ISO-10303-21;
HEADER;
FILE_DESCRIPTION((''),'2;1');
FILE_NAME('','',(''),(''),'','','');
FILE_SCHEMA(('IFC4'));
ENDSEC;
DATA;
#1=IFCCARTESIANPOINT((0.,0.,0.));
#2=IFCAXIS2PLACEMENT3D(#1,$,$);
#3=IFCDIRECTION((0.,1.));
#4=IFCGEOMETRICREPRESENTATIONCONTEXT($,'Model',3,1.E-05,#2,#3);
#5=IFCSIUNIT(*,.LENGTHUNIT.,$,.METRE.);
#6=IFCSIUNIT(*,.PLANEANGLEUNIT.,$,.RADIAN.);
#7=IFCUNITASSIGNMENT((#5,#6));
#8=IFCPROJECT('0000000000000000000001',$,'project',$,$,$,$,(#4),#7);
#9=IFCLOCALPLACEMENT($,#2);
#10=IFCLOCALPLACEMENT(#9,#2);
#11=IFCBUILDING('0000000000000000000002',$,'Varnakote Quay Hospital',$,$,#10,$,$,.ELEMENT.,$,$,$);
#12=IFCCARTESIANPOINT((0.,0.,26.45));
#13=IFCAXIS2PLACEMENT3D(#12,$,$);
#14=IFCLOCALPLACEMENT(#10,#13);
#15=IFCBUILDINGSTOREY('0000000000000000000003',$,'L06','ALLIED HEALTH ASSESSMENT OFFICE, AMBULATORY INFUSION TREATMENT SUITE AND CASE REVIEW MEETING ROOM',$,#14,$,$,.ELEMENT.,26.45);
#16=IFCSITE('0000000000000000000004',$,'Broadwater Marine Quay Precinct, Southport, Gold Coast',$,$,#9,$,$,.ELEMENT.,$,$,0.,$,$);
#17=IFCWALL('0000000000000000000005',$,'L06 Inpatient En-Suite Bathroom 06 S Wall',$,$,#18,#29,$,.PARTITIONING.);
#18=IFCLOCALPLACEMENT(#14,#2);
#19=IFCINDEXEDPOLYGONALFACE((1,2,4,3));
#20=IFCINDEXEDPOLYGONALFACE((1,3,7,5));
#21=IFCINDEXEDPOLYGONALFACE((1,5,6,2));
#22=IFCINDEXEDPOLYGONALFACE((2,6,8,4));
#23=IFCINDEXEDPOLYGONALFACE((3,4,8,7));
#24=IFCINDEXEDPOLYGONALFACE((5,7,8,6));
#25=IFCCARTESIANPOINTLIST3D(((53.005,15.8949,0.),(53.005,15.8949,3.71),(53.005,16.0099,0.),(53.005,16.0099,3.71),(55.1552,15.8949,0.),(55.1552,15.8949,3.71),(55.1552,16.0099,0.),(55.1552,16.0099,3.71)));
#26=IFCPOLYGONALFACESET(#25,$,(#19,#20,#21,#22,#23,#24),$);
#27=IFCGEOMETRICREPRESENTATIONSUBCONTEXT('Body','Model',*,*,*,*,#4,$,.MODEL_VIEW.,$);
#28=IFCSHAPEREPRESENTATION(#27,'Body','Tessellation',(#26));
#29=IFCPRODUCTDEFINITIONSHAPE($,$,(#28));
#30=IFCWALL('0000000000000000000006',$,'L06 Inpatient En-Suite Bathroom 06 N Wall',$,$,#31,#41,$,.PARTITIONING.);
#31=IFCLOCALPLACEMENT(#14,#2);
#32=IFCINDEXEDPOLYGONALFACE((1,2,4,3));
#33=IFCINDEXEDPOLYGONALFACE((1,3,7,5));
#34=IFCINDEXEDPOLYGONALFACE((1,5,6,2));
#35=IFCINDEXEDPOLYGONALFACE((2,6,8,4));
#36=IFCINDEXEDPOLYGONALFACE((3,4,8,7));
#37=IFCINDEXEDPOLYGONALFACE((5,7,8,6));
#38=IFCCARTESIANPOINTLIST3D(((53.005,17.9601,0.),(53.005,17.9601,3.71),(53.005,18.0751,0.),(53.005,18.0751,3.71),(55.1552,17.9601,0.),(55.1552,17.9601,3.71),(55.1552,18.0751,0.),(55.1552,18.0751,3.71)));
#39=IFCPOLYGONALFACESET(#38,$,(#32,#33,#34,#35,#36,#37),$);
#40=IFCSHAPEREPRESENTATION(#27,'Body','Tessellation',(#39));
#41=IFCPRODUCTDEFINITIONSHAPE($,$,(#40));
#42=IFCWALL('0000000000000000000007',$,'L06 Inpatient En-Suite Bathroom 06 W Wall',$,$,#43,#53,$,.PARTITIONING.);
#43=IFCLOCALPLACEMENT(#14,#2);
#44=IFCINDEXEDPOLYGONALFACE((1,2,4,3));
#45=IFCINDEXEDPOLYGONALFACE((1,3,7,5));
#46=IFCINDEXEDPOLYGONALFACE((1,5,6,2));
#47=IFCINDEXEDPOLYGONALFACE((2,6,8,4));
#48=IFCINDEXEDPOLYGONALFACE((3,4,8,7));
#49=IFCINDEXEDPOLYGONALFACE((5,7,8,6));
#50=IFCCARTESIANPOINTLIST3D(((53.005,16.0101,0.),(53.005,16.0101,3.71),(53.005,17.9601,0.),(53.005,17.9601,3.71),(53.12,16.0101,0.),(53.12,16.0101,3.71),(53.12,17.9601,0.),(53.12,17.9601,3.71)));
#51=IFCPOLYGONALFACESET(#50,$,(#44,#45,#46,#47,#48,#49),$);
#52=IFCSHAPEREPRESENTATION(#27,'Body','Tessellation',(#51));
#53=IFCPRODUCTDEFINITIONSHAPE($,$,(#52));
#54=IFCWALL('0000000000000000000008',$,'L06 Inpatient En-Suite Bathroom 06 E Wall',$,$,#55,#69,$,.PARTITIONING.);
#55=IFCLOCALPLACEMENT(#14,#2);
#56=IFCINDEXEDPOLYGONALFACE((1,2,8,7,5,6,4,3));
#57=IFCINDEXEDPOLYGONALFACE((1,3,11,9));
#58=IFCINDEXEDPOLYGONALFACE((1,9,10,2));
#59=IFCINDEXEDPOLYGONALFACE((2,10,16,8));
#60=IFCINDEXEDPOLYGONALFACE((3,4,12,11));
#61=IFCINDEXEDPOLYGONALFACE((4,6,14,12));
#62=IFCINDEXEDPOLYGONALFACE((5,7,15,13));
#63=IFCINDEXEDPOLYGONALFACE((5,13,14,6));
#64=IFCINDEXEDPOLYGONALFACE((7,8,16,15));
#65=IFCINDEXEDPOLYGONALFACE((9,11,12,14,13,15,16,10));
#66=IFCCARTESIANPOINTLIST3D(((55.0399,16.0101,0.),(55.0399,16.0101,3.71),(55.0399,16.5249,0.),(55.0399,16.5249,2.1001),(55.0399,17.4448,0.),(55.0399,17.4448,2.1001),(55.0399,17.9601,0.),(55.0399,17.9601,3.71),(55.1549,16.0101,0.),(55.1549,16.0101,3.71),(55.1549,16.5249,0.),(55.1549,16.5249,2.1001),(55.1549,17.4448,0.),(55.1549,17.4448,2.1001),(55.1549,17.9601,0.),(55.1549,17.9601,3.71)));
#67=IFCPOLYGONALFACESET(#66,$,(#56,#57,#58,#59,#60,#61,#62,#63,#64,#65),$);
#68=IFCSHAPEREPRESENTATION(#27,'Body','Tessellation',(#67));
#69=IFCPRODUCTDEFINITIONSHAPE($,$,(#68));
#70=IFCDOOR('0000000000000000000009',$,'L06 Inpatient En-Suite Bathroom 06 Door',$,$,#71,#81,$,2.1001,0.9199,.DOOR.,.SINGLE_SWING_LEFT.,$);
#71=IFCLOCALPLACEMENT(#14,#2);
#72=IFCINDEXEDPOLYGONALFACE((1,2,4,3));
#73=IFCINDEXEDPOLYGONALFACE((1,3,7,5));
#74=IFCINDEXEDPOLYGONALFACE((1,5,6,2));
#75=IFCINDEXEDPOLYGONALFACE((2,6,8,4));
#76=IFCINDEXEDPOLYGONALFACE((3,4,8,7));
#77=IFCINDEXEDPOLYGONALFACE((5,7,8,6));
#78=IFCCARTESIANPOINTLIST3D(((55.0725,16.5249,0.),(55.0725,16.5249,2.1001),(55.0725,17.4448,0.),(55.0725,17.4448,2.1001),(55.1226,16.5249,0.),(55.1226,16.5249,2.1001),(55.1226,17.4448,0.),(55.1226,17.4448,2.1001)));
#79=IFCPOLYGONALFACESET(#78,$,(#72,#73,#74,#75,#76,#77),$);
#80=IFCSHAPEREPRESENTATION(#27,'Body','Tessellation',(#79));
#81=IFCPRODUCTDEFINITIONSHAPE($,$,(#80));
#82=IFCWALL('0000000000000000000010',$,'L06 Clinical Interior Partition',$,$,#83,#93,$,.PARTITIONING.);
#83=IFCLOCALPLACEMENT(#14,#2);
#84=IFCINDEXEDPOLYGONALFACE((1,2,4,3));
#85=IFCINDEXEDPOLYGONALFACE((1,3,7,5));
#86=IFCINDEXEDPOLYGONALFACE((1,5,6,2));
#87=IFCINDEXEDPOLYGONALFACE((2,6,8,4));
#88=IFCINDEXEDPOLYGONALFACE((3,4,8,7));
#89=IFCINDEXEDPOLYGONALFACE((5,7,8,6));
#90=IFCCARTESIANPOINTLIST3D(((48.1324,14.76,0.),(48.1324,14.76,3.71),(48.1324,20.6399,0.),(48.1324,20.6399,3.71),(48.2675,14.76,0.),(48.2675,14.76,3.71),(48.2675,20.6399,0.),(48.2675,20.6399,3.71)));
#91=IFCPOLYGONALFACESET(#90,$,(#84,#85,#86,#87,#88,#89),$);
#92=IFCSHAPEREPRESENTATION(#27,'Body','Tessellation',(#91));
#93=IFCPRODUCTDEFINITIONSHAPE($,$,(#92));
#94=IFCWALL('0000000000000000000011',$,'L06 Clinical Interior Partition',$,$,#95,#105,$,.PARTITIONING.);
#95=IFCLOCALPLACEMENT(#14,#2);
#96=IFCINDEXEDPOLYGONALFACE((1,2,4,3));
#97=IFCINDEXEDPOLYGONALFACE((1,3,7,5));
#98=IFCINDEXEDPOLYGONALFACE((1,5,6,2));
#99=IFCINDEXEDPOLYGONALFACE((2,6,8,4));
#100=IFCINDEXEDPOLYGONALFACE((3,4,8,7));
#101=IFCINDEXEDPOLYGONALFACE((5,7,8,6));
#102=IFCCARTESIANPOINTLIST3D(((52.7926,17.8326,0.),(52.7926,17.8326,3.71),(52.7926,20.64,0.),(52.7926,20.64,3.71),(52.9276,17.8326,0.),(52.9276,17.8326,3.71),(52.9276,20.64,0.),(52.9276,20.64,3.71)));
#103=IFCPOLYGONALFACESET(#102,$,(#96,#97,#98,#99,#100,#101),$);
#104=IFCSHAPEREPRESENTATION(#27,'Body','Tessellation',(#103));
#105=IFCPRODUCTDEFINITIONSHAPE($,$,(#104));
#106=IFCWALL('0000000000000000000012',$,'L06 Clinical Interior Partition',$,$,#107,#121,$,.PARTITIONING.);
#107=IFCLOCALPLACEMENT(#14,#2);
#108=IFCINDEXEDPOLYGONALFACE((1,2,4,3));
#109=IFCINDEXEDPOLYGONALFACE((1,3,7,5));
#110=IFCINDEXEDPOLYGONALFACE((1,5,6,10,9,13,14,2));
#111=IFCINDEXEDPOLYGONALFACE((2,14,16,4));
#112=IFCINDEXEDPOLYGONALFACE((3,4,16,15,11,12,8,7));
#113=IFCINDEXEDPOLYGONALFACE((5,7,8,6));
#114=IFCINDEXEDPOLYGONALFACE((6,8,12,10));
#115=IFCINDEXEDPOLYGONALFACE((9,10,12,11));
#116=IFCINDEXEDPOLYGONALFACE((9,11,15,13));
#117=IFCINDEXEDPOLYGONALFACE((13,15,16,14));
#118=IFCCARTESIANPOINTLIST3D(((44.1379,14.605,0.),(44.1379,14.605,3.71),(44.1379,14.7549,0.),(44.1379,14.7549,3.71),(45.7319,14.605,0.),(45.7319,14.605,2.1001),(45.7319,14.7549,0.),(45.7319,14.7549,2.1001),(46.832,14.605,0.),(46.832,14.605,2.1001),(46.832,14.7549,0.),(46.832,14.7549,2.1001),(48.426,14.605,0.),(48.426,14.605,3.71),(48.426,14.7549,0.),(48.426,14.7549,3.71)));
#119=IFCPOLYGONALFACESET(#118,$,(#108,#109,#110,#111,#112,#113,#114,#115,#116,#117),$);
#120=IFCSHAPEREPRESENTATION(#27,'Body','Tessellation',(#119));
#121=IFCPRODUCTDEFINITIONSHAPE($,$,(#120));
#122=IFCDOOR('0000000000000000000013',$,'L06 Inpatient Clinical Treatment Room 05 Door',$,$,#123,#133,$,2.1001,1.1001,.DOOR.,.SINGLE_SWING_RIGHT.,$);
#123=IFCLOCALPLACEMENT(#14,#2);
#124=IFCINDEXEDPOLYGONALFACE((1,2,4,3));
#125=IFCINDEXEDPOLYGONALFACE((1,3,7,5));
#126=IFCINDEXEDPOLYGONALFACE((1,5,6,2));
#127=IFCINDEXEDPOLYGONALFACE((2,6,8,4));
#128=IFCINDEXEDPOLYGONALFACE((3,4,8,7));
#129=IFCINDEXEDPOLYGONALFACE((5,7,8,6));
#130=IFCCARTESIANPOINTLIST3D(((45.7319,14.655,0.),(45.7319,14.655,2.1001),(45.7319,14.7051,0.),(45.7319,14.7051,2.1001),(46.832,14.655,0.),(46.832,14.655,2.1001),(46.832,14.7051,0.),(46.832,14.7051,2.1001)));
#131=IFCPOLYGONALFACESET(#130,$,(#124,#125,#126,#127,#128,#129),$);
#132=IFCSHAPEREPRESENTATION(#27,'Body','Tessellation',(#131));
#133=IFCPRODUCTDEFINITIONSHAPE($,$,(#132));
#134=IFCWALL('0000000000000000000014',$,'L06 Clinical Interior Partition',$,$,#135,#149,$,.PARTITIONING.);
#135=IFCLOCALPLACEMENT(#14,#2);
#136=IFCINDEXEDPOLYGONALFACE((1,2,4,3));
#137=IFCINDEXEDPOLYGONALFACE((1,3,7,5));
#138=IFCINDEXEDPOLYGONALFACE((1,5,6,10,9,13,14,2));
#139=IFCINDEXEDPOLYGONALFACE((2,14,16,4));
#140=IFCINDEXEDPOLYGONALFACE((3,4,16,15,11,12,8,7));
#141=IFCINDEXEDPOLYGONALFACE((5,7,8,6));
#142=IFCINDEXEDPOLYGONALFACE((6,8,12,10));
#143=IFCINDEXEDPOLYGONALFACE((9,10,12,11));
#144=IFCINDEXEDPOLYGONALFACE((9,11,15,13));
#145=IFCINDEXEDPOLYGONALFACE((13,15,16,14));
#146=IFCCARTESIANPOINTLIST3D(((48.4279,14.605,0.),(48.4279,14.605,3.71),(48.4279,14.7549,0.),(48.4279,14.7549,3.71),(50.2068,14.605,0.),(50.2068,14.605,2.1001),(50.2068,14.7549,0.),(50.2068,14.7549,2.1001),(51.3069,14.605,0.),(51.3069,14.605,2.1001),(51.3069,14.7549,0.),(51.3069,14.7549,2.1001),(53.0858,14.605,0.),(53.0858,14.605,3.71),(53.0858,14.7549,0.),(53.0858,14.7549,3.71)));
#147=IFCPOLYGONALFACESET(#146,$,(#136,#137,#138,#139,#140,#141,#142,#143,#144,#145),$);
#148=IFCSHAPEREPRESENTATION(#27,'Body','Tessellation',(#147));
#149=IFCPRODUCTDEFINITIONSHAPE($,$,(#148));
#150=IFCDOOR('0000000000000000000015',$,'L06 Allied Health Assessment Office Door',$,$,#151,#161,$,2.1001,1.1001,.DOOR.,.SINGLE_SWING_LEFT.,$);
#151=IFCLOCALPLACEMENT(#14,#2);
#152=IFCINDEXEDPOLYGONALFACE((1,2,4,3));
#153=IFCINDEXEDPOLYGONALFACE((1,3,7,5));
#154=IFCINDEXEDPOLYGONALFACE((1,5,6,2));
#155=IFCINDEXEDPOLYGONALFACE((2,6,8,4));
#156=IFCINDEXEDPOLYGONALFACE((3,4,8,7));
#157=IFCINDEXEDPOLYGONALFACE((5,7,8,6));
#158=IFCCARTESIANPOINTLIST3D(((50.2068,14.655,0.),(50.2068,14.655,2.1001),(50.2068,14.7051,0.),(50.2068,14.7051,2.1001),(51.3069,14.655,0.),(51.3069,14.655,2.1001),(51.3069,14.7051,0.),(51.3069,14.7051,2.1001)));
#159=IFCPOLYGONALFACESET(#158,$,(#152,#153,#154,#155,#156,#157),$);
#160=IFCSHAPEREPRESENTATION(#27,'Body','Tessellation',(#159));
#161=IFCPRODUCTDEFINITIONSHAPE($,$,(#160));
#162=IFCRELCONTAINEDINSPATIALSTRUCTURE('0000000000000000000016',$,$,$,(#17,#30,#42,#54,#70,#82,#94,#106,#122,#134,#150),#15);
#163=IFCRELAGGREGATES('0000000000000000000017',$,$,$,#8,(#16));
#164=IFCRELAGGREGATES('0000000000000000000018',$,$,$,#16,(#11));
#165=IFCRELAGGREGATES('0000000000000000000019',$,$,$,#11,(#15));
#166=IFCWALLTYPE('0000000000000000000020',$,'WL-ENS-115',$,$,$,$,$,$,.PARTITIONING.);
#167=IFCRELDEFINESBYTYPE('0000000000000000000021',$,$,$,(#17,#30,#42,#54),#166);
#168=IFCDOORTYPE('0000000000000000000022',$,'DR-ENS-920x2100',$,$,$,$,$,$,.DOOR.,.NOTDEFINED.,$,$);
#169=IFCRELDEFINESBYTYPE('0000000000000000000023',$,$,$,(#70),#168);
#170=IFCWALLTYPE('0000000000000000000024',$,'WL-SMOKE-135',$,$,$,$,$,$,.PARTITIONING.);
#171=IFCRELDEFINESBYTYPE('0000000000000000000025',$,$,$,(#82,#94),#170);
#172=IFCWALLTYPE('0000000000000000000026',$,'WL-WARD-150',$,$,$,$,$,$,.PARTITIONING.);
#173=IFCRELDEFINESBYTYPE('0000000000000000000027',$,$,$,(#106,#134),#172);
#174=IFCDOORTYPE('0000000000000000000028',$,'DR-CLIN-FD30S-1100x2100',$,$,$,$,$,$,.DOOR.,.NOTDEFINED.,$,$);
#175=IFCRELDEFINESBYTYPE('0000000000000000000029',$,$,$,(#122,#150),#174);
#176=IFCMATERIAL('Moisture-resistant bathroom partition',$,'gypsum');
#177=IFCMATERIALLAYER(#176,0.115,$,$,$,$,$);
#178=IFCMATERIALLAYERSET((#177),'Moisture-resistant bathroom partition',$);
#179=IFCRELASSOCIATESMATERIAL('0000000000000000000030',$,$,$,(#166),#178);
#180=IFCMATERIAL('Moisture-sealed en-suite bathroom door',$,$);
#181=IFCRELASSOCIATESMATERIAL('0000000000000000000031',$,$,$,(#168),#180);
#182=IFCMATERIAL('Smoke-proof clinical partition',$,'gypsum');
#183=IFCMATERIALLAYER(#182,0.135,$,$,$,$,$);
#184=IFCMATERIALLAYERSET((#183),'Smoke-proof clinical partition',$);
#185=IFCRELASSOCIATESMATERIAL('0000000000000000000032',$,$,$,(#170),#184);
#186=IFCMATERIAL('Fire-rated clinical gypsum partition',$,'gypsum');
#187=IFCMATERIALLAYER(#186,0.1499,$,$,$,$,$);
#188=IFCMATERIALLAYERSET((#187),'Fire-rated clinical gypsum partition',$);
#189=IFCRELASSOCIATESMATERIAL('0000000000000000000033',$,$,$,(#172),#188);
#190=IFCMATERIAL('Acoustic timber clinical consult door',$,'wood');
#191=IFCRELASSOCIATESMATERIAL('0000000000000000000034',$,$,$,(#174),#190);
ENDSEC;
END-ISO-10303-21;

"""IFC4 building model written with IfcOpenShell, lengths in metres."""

from ifc_helpers import new_model, si_unit, direction, frame, frame_2d, origin, place, context, subcontext, project, spatial, rectangle, extrude, material, layer, layer_set, type_object, element, fill, save


model = new_model("IFC4")

# Units and contexts
model_context = context("Model", 3, precision=1e-05, world=origin(), true_north=direction((0.0, 1.0)))
body_context = subcontext(model_context, "Body", "Model", "MODEL_VIEW")
ifc_project = project(units=[si_unit("LENGTHUNIT", "METRE"), si_unit("PLANEANGLEUNIT", "RADIAN")], contexts=[model_context])

# Site, building, storey
site_placement = place(None, origin())
site = spatial("IfcSite", under=ifc_project, at=site_placement, Name="Broadwater Marine Quay Precinct, Southport, Gold Coast", CompositionType="ELEMENT", RefElevation=0.0)
building_placement = place(site_placement, origin())
building = spatial("IfcBuilding", under=site, at=building_placement, Name="Varnakote Quay Hospital", CompositionType="ELEMENT")
storey_placement = place(building_placement, frame((0.0, 0.0, 26.45)))
storey = spatial("IfcBuildingStorey", under=building, at=storey_placement, Name="L06", Description="ALLIED HEALTH ASSESSMENT OFFICE, AMBULATORY INFUSION TREATMENT SUITE AND CASE REVIEW MEETING ROOM", CompositionType="ELEMENT", Elevation=26.45)

# Walls
ifc_material_1 = material(Name="Moisture-resistant bathroom partition", Category="gypsum")
ifc_layer_1 = layer(ifc_material_1, 0.115)
ifc_layer_set_1 = layer_set([ifc_layer_1], Name="Moisture-resistant bathroom partition")
wall_type_1 = type_object("IfcWallType", Name="WL-ENS-115", PredefinedType="PARTITIONING", material=ifc_layer_set_1)
for number, where, z_axis, x_axis, name in (
    (1, (53.0049, 15.9524, 0.0), (0.0, 0.0, 1.0), (1.0, 0.0, 0.0), "L06 Inpatient En-Suite Bathroom 06 S Wall"),
    (2, (53.0049, 18.0176, 0.0), (0.0, 0.0, 1.0), (1.0, 0.0, 0.0), "L06 Inpatient En-Suite Bathroom 06 N Wall"),
):
    element("IfcWall", number, at=place(storey_placement, frame(where, z_axis=z_axis, x_axis=x_axis)), inside=storey, type_object=wall_type_1, Name=name, PredefinedType="PARTITIONING", context=body_context, shape_type="SweptSolid", body=[
        extrude(rectangle(XDim=2.1501, YDim=0.115, at=frame_2d((1.0752, 0.0))), origin(), (0.0, 0.0, 1.0), 3.71),
    ])
wall_1_placement = place(storey_placement, frame((53.0625, 16.01, 0.0), z_axis=(0.0, 0.0, 1.0), x_axis=(0.0, 1.0, 0.0)))
element("IfcWall", 3, at=wall_1_placement, inside=storey, type_object=wall_type_1, Name="L06 Inpatient En-Suite Bathroom 06 W Wall", PredefinedType="PARTITIONING", context=body_context, shape_type="SweptSolid", body=[
    extrude(rectangle(XDim=1.95, YDim=0.115, at=frame_2d((0.9751, 0.0))), origin(), (0.0, 0.0, 1.0), 3.71),
])

# Wall, opening, door
wall_2_placement = place(storey_placement, frame((55.0974, 16.01, 0.0), z_axis=(0.0, 0.0, 1.0), x_axis=(0.0, 1.0, 0.0)))
wall_2 = element("IfcWall", 4, at=wall_2_placement, inside=storey, type_object=wall_type_1, Name="L06 Inpatient En-Suite Bathroom 06 E Wall", PredefinedType="PARTITIONING", context=body_context, shape_type="SweptSolid", body=[
    extrude(rectangle(XDim=1.95, YDim=0.115, at=frame_2d((0.9751, 0.0))), origin(), (0.0, 0.0, 1.0), 3.71),
])
opening_1_placement = place(wall_2_placement, frame((0.5149, 0.0, 0.0)))
opening_1 = element("IfcOpeningElement", 5, at=opening_1_placement, cuts=wall_2, PredefinedType="OPENING", context=body_context, shape_type="SweptSolid", body=[
    extrude(rectangle(XDim=0.9199, YDim=2.1001, at=frame_2d((0.46, 1.05))), frame((0.0, 0.0674, 0.0), z_axis=(0.0, -1.0, 0.0), x_axis=(1.0, 0.0, 0.0)), (0.0, 0.0, 1.0), 0.135),
])
ifc_material_2 = material(Name="Moisture-sealed en-suite bathroom door")
door_type_1 = type_object("IfcDoorType", Name="DR-ENS-920x2100", OperationType="NOTDEFINED", PredefinedType="DOOR", material=ifc_material_2)
door_1_placement = place(opening_1_placement, origin())
door_1 = element("IfcDoor", 6, at=door_1_placement, inside=storey, type_object=door_type_1, Name="L06 Inpatient En-Suite Bathroom 06 Door", OperationType="SINGLE_SWING_LEFT", OverallHeight=2.1001, OverallWidth=0.9199, PredefinedType="DOOR", context=body_context, shape_type="SweptSolid", body=[
    extrude(rectangle(XDim=0.9199, YDim=2.1001, at=frame_2d((0.46, 1.05))), frame((0.0, 0.0249, 0.0), z_axis=(0.0, -1.0, 0.0), x_axis=(1.0, 0.0, 0.0)), (0.0, 0.0, 1.0), 0.05),
])
fill(opening_1, door_1)

# Walls
ifc_material_3 = material(Name="Smoke-proof clinical partition", Category="gypsum")
ifc_layer_2 = layer(ifc_material_3, 0.135)
ifc_layer_set_2 = layer_set([ifc_layer_2], Name="Smoke-proof clinical partition")
wall_type_2 = type_object("IfcWallType", Name="WL-SMOKE-135", PredefinedType="PARTITIONING", material=ifc_layer_set_2)
wall_3_placement = place(storey_placement, frame((48.2, 14.76, 0.0), z_axis=(0.0, 0.0, 1.0), x_axis=(0.0, 1.0, 0.0)))
element("IfcWall", 7, at=wall_3_placement, inside=storey, type_object=wall_type_2, Name="L06 Clinical Interior Partition", PredefinedType="PARTITIONING", context=body_context, shape_type="SweptSolid", body=[
    extrude(rectangle(XDim=5.8799, YDim=0.135, at=frame_2d((2.9399, 0.0))), origin(), (0.0, 0.0, 1.0), 3.71),
])
wall_4_placement = place(storey_placement, frame((52.8601, 17.8325, 0.0), z_axis=(0.0, 0.0, 1.0), x_axis=(0.0, 1.0, 0.0)))
element("IfcWall", 8, at=wall_4_placement, inside=storey, type_object=wall_type_2, Name="L06 Clinical Interior Partition", PredefinedType="PARTITIONING", context=body_context, shape_type="SweptSolid", body=[
    extrude(rectangle(XDim=2.8074, YDim=0.135, at=frame_2d((1.4038, 0.0))), origin(), (0.0, 0.0, 1.0), 3.71),
])

# Walls, openings, doors
ifc_material_4 = material(Name="Fire-rated clinical gypsum partition", Category="gypsum")
ifc_layer_3 = layer(ifc_material_4, 0.1499)
ifc_layer_set_3 = layer_set([ifc_layer_3], Name="Fire-rated clinical gypsum partition")
wall_type_3 = type_object("IfcWallType", Name="WL-WARD-150", PredefinedType="PARTITIONING", material=ifc_layer_set_3)
wall_5_placement = place(storey_placement, frame((48.426, 14.6799, 0.0), z_axis=(0.0, 0.0, 1.0), x_axis=(-1.0, 0.0, 0.0)))
wall_5 = element("IfcWall", 9, at=wall_5_placement, inside=storey, type_object=wall_type_3, Name="L06 Clinical Interior Partition", PredefinedType="PARTITIONING", context=body_context, shape_type="SweptSolid", body=[
    extrude(rectangle(XDim=4.2881, YDim=0.1499, at=frame_2d((2.144, 0.0))), origin(), (0.0, 0.0, 1.0), 3.71),
])
opening_2_placement = place(wall_5_placement, frame((1.594, 0.0, 0.0)))
opening_2 = element("IfcOpeningElement", 10, at=opening_2_placement, cuts=wall_5, PredefinedType="OPENING", context=body_context, shape_type="SweptSolid", body=[
    extrude(rectangle(XDim=1.1001, YDim=2.1001, at=frame_2d((0.55, 1.05))), frame((0.0, 0.085, 0.0), z_axis=(0.0, -1.0, 0.0), x_axis=(1.0, 0.0, 0.0)), (0.0, 0.0, 1.0), 0.1699),
])
ifc_material_5 = material(Name="Acoustic timber clinical consult door", Category="wood")
door_type_2 = type_object("IfcDoorType", Name="DR-CLIN-FD30S-1100x2100", OperationType="NOTDEFINED", PredefinedType="DOOR", material=ifc_material_5)
door_2_placement = place(opening_2_placement, origin())
door_2 = element("IfcDoor", 11, at=door_2_placement, inside=storey, type_object=door_type_2, Name="L06 Inpatient Clinical Treatment Room 05 Door", OperationType="SINGLE_SWING_RIGHT", OverallHeight=2.1001, OverallWidth=1.1001, PredefinedType="DOOR", context=body_context, shape_type="SweptSolid", body=[
    extrude(rectangle(XDim=1.1001, YDim=2.1001, at=frame_2d((0.55, 1.05))), frame((0.0, 0.0249, 0.0), z_axis=(0.0, -1.0, 0.0), x_axis=(1.0, 0.0, 0.0)), (0.0, 0.0, 1.0), 0.05),
])
fill(opening_2, door_2)
wall_6_placement = place(storey_placement, frame((53.0859, 14.6799, 0.0), z_axis=(0.0, 0.0, 1.0), x_axis=(-1.0, 0.0, 0.0)))
wall_6 = element("IfcWall", 12, at=wall_6_placement, inside=storey, type_object=wall_type_3, Name="L06 Clinical Interior Partition", PredefinedType="PARTITIONING", context=body_context, shape_type="SweptSolid", body=[
    extrude(rectangle(XDim=4.658, YDim=0.1499, at=frame_2d((2.3291, 0.0))), origin(), (0.0, 0.0, 1.0), 3.71),
])
opening_3_placement = place(wall_6_placement, frame((1.7791, 0.0, 0.0)))
opening_3 = element("IfcOpeningElement", 13, at=opening_3_placement, cuts=wall_6, PredefinedType="OPENING", context=body_context, shape_type="SweptSolid", body=[
    extrude(rectangle(XDim=1.1001, YDim=2.1001, at=frame_2d((0.55, 1.05))), frame((0.0, 0.085, 0.0), z_axis=(0.0, -1.0, 0.0), x_axis=(1.0, 0.0, 0.0)), (0.0, 0.0, 1.0), 0.1699),
])
door_3_placement = place(opening_3_placement, origin())
door_3 = element("IfcDoor", 14, at=door_3_placement, inside=storey, type_object=door_type_2, Name="L06 Allied Health Assessment Office Door", OperationType="SINGLE_SWING_LEFT", OverallHeight=2.1001, OverallWidth=1.1001, PredefinedType="DOOR", context=body_context, shape_type="SweptSolid", body=[
    extrude(rectangle(XDim=1.1001, YDim=2.1001, at=frame_2d((0.55, 1.05))), frame((0.0, 0.0249, 0.0), z_axis=(0.0, -1.0, 0.0), x_axis=(1.0, 0.0, 0.0)), (0.0, 0.0, 1.0), 0.05),
])
fill(opening_3, door_3)

save(model, "model.ifc")
